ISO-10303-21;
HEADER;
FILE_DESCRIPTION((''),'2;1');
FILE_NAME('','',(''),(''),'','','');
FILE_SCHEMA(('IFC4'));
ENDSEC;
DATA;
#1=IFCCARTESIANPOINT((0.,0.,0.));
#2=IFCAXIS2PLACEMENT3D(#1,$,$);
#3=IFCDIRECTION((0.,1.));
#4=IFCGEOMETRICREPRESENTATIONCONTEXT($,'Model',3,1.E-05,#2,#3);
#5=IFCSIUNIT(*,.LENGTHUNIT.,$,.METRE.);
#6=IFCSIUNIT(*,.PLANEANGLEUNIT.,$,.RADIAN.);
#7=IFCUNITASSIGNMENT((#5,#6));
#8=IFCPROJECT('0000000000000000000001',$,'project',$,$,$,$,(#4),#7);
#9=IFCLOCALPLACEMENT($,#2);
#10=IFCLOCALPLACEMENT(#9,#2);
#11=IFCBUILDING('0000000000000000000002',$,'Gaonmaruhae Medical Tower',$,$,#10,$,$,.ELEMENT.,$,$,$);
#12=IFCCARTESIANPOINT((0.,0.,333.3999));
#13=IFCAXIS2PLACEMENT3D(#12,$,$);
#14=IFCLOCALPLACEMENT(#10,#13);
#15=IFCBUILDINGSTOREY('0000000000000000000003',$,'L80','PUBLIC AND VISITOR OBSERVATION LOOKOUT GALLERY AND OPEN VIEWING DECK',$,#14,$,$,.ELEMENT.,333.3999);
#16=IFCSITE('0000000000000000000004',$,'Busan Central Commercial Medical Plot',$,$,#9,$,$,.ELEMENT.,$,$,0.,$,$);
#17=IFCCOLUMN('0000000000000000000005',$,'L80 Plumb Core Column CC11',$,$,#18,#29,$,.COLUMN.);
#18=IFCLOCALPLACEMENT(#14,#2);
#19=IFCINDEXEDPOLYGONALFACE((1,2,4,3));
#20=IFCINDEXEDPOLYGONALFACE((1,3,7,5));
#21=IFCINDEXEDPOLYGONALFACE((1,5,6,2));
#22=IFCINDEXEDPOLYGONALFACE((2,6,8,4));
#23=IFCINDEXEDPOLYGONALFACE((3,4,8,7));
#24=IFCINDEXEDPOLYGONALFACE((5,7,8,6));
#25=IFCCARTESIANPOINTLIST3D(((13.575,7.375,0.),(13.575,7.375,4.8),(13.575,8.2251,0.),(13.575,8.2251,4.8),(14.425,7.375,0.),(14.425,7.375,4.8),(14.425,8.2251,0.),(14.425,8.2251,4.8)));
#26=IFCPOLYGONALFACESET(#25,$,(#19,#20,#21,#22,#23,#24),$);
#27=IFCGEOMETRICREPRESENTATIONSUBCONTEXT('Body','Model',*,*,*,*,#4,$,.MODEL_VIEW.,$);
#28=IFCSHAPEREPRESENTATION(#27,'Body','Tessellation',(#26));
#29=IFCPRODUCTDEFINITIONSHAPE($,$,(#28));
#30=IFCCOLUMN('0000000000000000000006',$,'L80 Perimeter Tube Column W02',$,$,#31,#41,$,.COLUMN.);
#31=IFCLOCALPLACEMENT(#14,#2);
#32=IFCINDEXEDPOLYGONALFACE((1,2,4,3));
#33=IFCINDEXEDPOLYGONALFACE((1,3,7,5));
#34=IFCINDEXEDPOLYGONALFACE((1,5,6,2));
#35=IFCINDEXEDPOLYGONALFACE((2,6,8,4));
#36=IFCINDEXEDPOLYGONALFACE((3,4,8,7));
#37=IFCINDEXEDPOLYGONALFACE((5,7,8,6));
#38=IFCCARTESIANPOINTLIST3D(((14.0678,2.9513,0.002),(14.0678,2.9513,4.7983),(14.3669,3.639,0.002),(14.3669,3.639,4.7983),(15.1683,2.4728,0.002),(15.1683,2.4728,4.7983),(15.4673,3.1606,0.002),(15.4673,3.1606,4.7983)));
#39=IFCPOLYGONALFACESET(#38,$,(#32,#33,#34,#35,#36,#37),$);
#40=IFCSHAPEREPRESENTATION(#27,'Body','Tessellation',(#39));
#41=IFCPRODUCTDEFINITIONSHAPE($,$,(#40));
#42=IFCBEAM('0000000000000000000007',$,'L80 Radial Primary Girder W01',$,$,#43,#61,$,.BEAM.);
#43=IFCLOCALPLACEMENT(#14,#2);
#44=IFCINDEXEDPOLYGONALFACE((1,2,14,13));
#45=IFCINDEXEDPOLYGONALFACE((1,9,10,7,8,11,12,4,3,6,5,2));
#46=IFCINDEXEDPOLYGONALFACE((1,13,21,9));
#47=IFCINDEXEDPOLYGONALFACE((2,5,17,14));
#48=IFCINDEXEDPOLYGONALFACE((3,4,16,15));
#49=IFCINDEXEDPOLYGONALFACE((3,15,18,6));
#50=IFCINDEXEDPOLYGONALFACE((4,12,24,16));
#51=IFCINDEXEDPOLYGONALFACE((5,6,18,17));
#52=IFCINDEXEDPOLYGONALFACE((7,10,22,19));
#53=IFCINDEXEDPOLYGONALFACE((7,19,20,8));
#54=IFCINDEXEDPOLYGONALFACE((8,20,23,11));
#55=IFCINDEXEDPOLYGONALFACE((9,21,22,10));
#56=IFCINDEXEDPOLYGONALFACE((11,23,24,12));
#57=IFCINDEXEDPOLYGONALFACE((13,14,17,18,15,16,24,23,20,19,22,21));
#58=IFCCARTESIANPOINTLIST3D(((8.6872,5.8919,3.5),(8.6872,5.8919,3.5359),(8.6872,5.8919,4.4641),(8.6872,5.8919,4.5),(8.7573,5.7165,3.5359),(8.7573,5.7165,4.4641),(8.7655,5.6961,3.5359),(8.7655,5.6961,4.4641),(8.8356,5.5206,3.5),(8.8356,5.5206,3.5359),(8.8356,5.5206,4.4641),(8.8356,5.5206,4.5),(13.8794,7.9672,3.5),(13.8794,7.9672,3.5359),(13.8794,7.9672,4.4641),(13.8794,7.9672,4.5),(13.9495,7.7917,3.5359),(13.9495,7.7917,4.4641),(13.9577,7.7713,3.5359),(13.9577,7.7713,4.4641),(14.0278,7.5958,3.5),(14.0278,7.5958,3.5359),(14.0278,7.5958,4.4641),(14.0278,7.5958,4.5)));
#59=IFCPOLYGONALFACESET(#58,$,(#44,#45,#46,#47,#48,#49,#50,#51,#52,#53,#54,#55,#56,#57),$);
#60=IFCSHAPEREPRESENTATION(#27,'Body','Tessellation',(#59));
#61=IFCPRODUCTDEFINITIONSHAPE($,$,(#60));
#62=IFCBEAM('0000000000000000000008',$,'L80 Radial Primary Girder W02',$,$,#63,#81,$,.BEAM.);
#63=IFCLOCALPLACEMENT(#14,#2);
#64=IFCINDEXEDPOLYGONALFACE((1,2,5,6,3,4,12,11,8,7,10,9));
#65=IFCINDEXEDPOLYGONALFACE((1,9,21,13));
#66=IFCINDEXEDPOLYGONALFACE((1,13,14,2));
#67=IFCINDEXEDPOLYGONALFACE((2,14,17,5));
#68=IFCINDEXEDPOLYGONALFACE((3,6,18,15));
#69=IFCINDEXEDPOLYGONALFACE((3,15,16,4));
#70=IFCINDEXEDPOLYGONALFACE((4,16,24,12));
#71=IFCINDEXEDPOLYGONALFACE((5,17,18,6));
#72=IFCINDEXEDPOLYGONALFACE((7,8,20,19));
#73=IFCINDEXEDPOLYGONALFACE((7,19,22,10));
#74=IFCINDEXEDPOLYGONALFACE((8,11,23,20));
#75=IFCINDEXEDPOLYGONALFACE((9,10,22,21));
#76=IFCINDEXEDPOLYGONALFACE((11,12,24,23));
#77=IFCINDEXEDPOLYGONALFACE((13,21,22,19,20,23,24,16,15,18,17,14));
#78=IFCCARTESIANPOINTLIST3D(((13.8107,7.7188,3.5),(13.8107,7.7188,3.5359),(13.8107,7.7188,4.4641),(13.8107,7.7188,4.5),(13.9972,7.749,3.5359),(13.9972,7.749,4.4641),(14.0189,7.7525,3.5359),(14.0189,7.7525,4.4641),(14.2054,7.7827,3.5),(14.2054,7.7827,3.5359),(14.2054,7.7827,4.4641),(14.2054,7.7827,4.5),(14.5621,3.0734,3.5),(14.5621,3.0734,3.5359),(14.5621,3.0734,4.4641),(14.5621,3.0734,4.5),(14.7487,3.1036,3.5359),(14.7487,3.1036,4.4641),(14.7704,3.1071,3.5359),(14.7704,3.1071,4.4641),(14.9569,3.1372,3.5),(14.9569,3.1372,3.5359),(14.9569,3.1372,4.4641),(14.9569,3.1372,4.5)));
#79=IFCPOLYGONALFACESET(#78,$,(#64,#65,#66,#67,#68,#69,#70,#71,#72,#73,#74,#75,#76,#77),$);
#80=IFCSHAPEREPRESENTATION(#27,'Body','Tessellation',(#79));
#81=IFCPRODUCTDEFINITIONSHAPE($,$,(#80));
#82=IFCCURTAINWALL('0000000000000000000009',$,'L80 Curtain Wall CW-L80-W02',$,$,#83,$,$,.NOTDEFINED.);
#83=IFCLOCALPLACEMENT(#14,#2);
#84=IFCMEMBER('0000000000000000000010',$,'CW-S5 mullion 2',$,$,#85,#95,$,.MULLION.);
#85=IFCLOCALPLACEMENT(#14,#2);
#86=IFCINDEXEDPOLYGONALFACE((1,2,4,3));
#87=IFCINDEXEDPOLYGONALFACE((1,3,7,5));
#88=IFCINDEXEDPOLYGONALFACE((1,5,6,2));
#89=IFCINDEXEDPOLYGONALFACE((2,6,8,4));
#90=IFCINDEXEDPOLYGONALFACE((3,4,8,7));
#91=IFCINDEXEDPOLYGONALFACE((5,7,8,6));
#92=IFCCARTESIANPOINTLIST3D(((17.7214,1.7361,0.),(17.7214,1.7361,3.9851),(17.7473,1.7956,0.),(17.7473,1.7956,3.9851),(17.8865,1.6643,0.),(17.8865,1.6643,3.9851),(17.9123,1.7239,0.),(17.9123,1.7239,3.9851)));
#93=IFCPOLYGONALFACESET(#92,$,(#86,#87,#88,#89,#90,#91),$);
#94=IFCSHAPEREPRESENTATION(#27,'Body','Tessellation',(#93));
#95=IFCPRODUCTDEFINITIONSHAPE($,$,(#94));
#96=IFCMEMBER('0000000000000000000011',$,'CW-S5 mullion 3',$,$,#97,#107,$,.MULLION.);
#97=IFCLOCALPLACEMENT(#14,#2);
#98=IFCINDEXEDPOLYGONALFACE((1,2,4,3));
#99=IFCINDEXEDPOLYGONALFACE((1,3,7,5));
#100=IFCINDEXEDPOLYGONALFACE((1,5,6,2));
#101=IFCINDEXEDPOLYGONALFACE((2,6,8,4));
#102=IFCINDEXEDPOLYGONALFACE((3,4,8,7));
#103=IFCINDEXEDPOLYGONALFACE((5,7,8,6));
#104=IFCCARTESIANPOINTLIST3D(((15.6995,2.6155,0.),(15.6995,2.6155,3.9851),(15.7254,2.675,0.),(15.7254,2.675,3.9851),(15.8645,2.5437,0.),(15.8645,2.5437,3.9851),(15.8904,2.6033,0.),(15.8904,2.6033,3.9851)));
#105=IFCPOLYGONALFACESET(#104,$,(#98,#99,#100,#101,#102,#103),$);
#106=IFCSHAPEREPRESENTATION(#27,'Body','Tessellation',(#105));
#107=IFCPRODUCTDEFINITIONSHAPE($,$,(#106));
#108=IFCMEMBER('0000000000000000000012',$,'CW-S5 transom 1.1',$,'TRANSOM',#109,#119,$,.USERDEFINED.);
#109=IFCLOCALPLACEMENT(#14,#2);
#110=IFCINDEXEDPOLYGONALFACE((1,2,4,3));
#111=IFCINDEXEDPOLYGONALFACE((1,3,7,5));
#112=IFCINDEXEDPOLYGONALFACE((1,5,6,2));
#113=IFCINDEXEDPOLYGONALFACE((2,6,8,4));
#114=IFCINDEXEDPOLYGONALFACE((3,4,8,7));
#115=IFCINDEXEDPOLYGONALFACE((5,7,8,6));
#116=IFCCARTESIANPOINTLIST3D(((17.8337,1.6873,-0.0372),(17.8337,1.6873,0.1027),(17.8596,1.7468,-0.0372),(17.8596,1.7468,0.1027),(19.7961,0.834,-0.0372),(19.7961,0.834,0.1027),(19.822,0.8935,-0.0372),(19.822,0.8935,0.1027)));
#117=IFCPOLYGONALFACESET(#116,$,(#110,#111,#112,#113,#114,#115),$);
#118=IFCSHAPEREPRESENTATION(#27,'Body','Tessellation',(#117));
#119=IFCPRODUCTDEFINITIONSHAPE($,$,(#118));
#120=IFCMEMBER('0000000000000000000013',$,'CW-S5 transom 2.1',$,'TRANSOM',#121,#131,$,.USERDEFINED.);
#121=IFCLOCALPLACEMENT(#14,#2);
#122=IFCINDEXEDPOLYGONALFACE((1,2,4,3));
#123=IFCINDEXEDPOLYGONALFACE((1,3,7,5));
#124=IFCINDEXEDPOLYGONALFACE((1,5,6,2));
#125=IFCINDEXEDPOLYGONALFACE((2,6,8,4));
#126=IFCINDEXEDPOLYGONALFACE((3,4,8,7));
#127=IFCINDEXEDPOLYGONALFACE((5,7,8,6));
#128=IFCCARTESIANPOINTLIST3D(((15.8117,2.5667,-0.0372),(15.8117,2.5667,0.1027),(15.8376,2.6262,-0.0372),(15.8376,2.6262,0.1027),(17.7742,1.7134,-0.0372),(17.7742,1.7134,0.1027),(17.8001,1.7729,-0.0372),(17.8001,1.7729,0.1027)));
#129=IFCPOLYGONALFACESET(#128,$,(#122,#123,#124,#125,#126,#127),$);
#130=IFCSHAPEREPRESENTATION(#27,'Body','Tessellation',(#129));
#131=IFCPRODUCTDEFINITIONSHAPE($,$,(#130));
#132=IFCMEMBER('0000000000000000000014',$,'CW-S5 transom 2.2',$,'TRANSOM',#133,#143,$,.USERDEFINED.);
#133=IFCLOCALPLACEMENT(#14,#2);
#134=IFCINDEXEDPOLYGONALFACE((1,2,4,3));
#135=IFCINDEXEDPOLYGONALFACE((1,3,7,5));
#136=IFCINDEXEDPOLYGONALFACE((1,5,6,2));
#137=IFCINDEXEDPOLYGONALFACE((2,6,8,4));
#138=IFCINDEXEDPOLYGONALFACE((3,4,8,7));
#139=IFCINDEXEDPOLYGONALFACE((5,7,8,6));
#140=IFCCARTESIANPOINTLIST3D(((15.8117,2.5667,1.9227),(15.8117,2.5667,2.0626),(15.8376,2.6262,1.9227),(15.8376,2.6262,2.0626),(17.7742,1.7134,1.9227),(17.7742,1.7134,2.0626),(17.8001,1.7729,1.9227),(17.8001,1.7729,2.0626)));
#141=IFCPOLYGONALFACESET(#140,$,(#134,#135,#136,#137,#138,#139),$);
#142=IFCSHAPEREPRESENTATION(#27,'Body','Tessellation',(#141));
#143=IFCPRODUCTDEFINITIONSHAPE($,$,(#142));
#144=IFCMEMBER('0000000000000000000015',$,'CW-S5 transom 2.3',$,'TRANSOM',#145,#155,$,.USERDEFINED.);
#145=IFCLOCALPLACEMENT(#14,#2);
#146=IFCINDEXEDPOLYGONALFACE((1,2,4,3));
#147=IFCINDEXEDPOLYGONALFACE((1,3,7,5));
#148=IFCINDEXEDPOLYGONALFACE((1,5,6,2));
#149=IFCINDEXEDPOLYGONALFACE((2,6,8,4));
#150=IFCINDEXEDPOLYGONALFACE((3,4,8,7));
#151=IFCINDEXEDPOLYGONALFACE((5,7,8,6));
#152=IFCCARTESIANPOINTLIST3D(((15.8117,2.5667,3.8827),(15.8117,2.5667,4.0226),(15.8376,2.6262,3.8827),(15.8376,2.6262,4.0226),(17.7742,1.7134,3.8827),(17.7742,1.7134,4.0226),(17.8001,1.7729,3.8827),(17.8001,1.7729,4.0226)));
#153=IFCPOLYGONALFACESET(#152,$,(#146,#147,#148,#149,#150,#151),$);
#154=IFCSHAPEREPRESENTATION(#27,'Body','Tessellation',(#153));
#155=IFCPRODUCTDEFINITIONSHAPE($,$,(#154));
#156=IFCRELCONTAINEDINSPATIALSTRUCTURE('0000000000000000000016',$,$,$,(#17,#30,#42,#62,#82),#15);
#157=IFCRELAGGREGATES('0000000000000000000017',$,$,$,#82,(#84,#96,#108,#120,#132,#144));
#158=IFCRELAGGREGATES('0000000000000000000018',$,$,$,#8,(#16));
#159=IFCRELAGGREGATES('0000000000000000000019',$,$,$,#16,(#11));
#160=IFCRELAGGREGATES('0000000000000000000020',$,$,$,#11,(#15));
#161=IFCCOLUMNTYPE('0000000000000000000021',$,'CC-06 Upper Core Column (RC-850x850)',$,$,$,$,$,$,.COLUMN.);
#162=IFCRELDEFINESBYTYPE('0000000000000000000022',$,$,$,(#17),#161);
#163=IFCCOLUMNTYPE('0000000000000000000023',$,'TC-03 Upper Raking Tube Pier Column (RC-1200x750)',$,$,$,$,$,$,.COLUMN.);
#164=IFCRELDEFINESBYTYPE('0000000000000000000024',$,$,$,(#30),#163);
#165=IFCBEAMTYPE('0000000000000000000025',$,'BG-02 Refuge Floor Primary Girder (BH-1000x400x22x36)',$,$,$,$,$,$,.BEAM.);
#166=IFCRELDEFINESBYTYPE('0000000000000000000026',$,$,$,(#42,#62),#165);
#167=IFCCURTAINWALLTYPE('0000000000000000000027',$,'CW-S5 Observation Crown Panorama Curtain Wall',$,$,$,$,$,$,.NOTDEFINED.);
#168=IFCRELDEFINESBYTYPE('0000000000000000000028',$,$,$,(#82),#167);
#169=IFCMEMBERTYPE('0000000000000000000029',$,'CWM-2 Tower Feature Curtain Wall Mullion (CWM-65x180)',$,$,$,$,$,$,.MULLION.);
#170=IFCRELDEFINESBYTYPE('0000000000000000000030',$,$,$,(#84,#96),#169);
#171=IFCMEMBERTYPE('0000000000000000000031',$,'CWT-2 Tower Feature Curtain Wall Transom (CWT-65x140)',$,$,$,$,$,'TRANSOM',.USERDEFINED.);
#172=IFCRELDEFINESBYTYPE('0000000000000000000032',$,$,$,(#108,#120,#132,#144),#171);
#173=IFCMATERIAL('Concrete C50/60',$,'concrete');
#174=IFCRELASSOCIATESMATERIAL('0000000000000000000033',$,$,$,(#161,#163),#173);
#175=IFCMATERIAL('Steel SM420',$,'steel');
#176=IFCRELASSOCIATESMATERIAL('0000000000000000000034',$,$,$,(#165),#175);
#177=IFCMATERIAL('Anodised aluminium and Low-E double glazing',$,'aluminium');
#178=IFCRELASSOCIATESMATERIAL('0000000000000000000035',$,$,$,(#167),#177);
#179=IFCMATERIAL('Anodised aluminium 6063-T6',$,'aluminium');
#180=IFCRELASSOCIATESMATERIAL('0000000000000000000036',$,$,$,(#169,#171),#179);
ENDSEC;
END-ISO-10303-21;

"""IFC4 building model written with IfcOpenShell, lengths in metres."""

from ifc_helpers import new_model, si_unit, direction, frame, origin, origin_2d, place, context, subcontext, project, spatial, rectangle, i_section, extrude, material, material_profile, profile_set, type_object, element, aggregate, save


model = new_model("IFC4")

# Units and contexts
model_context = context("Model", 3, precision=1e-05, world=origin(), true_north=direction((0.0, 1.0)))
body_context = subcontext(model_context, "Body", "Model", "MODEL_VIEW")
ifc_project = project(units=[si_unit("LENGTHUNIT", "METRE"), si_unit("PLANEANGLEUNIT", "RADIAN")], contexts=[model_context])

# Site, building, storey
site_placement = place(None, origin())
site = spatial("IfcSite", under=ifc_project, at=site_placement, Name="Busan Central Commercial Medical Plot", CompositionType="ELEMENT", RefElevation=0.0)
building_placement = place(site_placement, origin())
building = spatial("IfcBuilding", under=site, at=building_placement, Name="Gaonmaruhae Medical Tower", CompositionType="ELEMENT")
storey_placement = place(building_placement, frame((0.0, 0.0, 333.3999)))
storey = spatial("IfcBuildingStorey", under=building, at=storey_placement, Name="L80", Description="PUBLIC AND VISITOR OBSERVATION LOOKOUT GALLERY AND OPEN VIEWING DECK", CompositionType="ELEMENT", Elevation=333.3999)

# Columns
ifc_material_1 = material(Name="Concrete C50/60", Category="concrete")
ifc_material_profile_1 = material_profile(ifc_material_1, rectangle(XDim=0.8501, YDim=0.8501, at=origin_2d()), Name="RC-850x850")
ifc_profile_set_1 = profile_set([ifc_material_profile_1], Name="Concrete C50/60")
column_type_1 = type_object("IfcColumnType", Name="CC-06 Upper Core Column (RC-850x850)", PredefinedType="COLUMN", material=ifc_profile_set_1)
column_1_placement = place(storey_placement, frame((14.0, 7.8, 0.0), z_axis=(0.0, 0.0, 1.0), x_axis=(1.0, 0.0, 0.0)))
element("IfcColumn", 1, at=column_1_placement, inside=storey, type_object=column_type_1, Name="L80 Plumb Core Column CC11", PredefinedType="COLUMN", context=body_context, shape_type="SweptSolid", body=[
    extrude(rectangle(XDim=0.8501, YDim=0.8501, at=origin_2d()), origin(), (0.0, 0.0, 1.0), 4.8),
])
ifc_material_profile_2 = material_profile(ifc_material_1, rectangle(XDim=1.2, YDim=0.75, at=origin_2d()), Name="RC-1200x750")
ifc_profile_set_2 = profile_set([ifc_material_profile_2], Name="Concrete C50/60")
column_type_2 = type_object("IfcColumnType", Name="TC-03 Upper Raking Tube Pier Column (RC-1200x750)", PredefinedType="COLUMN", material=ifc_profile_set_2)
column_2_placement = place(storey_placement, frame((14.7676, 3.0559, 0.002), z_axis=(0.0, 0.0, 1.0), x_axis=(-0.91706, 0.398749, 0.0)))
element("IfcColumn", 2, at=column_2_placement, inside=storey, type_object=column_type_2, Name="L80 Perimeter Tube Column W02", PredefinedType="COLUMN", context=body_context, shape_type="SweptSolid", body=[
    extrude(rectangle(XDim=1.2, YDim=0.75, at=origin_2d()), origin(), (0.0, 0.0, 1.0), 4.7964),
])

# Beams
ifc_material_2 = material(Name="Steel SM420", Category="steel")
ifc_material_profile_3 = material_profile(ifc_material_2, i_section(OverallWidth=0.3999, OverallDepth=1.0, WebThickness=0.022, FlangeThickness=0.0359, at=origin_2d()), Name="BH-1000x400x22x36")
ifc_profile_set_3 = profile_set([ifc_material_profile_3], Name="Steel SM420")
beam_type_1 = type_object("IfcBeamType", Name="BG-02 Refuge Floor Primary Girder (BH-1000x400x22x36)", PredefinedType="BEAM", material=ifc_profile_set_3)
beam_1_placement = place(storey_placement, frame((13.9536, 7.7815, 4.0), z_axis=(-0.928579, -0.371135, 0.0), x_axis=(0.371135, -0.928579, 0.0)))
element("IfcBeam", 3, at=beam_1_placement, inside=storey, type_object=beam_type_1, Name="L80 Radial Primary Girder W01", PredefinedType="BEAM", context=body_context, shape_type="SweptSolid", body=[
    extrude(i_section(OverallWidth=0.3999, OverallDepth=1.0, WebThickness=0.022, FlangeThickness=0.0359, at=origin_2d()), origin(), (0.0, 0.0, 1.0), 5.5916),
])
beam_2_placement = place(storey_placement, frame((14.0081, 7.7507, 4.0), z_axis=(0.159686, -0.987168, 0.0), x_axis=(0.987168, 0.159686, 0.0)))
element("IfcBeam", 4, at=beam_2_placement, inside=storey, type_object=beam_type_1, Name="L80 Radial Primary Girder W02", PredefinedType="BEAM", context=body_context, shape_type="SweptSolid", body=[
    extrude(i_section(OverallWidth=0.3999, OverallDepth=1.0, WebThickness=0.022, FlangeThickness=0.0359, at=origin_2d()), origin(), (0.0, 0.0, 1.0), 4.7058),
])

# Curtain wall, members
ifc_material_3 = material(Name="Anodised aluminium and Low-E double glazing", Category="aluminium")
curtain_wall_type = type_object("IfcCurtainWallType", Name="CW-S5 Observation Crown Panorama Curtain Wall", PredefinedType="NOTDEFINED", material=ifc_material_3)
curtain_wall_placement = place(storey_placement, origin())
curtain_wall = element("IfcCurtainWall", 5, at=curtain_wall_placement, inside=storey, type_object=curtain_wall_type, Name="L80 Curtain Wall CW-L80-W02", PredefinedType="NOTDEFINED")
ifc_material_4 = material(Name="Anodised aluminium 6063-T6", Category="aluminium")
ifc_material_profile_4 = material_profile(ifc_material_4, rectangle(XDim=0.0649, YDim=0.1799, at=origin_2d()), Name="CWM-65x180")
ifc_profile_set_4 = profile_set([ifc_material_profile_4], Name="Anodised aluminium 6063-T6")
member_type_1 = type_object("IfcMemberType", Name="CWM-2 Tower Feature Curtain Wall Mullion (CWM-65x180)", PredefinedType="MULLION", material=ifc_profile_set_4)
member_1_placement = place(storey_placement, frame((17.8169, 1.73, 0.0), z_axis=(0.0, 0.0, 1.0), x_axis=(-0.39876, -0.917055, 0.0)))
member_1 = element("IfcMember", 6, at=member_1_placement, type_object=member_type_1, Name="CW-S5 mullion 2", PredefinedType="MULLION", context=body_context, shape_type="SweptSolid", body=[
    extrude(rectangle(XDim=0.0649, YDim=0.1799, at=origin_2d()), origin(), (0.0, 0.0, 1.0), 3.9851),
])
member_2_placement = place(storey_placement, frame((15.7949, 2.6094, 0.0), z_axis=(0.0, 0.0, 1.0), x_axis=(-0.39876, -0.917055, 0.0)))
member_2 = element("IfcMember", 7, at=member_2_placement, type_object=member_type_1, Name="CW-S5 mullion 3", PredefinedType="MULLION", context=body_context, shape_type="SweptSolid", body=[
    extrude(rectangle(XDim=0.0649, YDim=0.1799, at=origin_2d()), origin(), (0.0, 0.0, 1.0), 3.9851),
])
ifc_material_profile_5 = material_profile(ifc_material_4, rectangle(XDim=0.0649, YDim=0.1399, at=origin_2d()), Name="CWT-65x140")
ifc_profile_set_5 = profile_set([ifc_material_profile_5], Name="Anodised aluminium 6063-T6")
member_type_2 = type_object("IfcMemberType", Name="CWT-2 Tower Feature Curtain Wall Transom (CWT-65x140)", ElementType="TRANSOM", PredefinedType="USERDEFINED", material=ifc_profile_set_5)
member_3_placement = place(storey_placement, frame((19.8091, 0.8638, 0.0327), z_axis=(-0.917061, 0.398747, 0.0), x_axis=(-0.398747, -0.917061, 0.0)))
member_3 = element("IfcMember", 8, at=member_3_placement, type_object=member_type_2, Name="CW-S5 transom 1.1", ObjectType="TRANSOM", PredefinedType="USERDEFINED", context=body_context, shape_type="SweptSolid", body=[
    extrude(rectangle(XDim=0.0649, YDim=0.1399, at=origin_2d()), origin(), (0.0, 0.0, 1.0), 2.1399),
])
member_4_placement = place(storey_placement, frame((17.7871, 1.7432, 0.0327), z_axis=(-0.917061, 0.398747, 0.0), x_axis=(-0.398747, -0.917061, 0.0)))
member_4 = element("IfcMember", 9, at=member_4_placement, type_object=member_type_2, Name="CW-S5 transom 2.1", ObjectType="TRANSOM", PredefinedType="USERDEFINED", context=body_context, shape_type="SweptSolid", body=[
    extrude(rectangle(XDim=0.0649, YDim=0.1399, at=origin_2d()), origin(), (0.0, 0.0, 1.0), 2.1399),
])
member_5_placement = place(storey_placement, frame((17.7871, 1.7432, 1.9927), z_axis=(-0.917061, 0.398747, 0.0), x_axis=(-0.398747, -0.917061, 0.0)))
member_5 = element("IfcMember", 10, at=member_5_placement, type_object=member_type_2, Name="CW-S5 transom 2.2", ObjectType="TRANSOM", PredefinedType="USERDEFINED", context=body_context, shape_type="SweptSolid", body=[
    extrude(rectangle(XDim=0.0649, YDim=0.1399, at=origin_2d()), origin(), (0.0, 0.0, 1.0), 2.1399),
])
member_6_placement = place(storey_placement, frame((17.7871, 1.7432, 3.9526), z_axis=(-0.917061, 0.398747, 0.0), x_axis=(-0.398747, -0.917061, 0.0)))
member_6 = element("IfcMember", 11, at=member_6_placement, type_object=member_type_2, Name="CW-S5 transom 2.3", ObjectType="TRANSOM", PredefinedType="USERDEFINED", context=body_context, shape_type="SweptSolid", body=[
    extrude(rectangle(XDim=0.0649, YDim=0.1399, at=origin_2d()), origin(), (0.0, 0.0, 1.0), 2.1399),
])

aggregate(curtain_wall, [member_1, member_2, member_3, member_4, member_5, member_6])

save(model, "model.ifc")
